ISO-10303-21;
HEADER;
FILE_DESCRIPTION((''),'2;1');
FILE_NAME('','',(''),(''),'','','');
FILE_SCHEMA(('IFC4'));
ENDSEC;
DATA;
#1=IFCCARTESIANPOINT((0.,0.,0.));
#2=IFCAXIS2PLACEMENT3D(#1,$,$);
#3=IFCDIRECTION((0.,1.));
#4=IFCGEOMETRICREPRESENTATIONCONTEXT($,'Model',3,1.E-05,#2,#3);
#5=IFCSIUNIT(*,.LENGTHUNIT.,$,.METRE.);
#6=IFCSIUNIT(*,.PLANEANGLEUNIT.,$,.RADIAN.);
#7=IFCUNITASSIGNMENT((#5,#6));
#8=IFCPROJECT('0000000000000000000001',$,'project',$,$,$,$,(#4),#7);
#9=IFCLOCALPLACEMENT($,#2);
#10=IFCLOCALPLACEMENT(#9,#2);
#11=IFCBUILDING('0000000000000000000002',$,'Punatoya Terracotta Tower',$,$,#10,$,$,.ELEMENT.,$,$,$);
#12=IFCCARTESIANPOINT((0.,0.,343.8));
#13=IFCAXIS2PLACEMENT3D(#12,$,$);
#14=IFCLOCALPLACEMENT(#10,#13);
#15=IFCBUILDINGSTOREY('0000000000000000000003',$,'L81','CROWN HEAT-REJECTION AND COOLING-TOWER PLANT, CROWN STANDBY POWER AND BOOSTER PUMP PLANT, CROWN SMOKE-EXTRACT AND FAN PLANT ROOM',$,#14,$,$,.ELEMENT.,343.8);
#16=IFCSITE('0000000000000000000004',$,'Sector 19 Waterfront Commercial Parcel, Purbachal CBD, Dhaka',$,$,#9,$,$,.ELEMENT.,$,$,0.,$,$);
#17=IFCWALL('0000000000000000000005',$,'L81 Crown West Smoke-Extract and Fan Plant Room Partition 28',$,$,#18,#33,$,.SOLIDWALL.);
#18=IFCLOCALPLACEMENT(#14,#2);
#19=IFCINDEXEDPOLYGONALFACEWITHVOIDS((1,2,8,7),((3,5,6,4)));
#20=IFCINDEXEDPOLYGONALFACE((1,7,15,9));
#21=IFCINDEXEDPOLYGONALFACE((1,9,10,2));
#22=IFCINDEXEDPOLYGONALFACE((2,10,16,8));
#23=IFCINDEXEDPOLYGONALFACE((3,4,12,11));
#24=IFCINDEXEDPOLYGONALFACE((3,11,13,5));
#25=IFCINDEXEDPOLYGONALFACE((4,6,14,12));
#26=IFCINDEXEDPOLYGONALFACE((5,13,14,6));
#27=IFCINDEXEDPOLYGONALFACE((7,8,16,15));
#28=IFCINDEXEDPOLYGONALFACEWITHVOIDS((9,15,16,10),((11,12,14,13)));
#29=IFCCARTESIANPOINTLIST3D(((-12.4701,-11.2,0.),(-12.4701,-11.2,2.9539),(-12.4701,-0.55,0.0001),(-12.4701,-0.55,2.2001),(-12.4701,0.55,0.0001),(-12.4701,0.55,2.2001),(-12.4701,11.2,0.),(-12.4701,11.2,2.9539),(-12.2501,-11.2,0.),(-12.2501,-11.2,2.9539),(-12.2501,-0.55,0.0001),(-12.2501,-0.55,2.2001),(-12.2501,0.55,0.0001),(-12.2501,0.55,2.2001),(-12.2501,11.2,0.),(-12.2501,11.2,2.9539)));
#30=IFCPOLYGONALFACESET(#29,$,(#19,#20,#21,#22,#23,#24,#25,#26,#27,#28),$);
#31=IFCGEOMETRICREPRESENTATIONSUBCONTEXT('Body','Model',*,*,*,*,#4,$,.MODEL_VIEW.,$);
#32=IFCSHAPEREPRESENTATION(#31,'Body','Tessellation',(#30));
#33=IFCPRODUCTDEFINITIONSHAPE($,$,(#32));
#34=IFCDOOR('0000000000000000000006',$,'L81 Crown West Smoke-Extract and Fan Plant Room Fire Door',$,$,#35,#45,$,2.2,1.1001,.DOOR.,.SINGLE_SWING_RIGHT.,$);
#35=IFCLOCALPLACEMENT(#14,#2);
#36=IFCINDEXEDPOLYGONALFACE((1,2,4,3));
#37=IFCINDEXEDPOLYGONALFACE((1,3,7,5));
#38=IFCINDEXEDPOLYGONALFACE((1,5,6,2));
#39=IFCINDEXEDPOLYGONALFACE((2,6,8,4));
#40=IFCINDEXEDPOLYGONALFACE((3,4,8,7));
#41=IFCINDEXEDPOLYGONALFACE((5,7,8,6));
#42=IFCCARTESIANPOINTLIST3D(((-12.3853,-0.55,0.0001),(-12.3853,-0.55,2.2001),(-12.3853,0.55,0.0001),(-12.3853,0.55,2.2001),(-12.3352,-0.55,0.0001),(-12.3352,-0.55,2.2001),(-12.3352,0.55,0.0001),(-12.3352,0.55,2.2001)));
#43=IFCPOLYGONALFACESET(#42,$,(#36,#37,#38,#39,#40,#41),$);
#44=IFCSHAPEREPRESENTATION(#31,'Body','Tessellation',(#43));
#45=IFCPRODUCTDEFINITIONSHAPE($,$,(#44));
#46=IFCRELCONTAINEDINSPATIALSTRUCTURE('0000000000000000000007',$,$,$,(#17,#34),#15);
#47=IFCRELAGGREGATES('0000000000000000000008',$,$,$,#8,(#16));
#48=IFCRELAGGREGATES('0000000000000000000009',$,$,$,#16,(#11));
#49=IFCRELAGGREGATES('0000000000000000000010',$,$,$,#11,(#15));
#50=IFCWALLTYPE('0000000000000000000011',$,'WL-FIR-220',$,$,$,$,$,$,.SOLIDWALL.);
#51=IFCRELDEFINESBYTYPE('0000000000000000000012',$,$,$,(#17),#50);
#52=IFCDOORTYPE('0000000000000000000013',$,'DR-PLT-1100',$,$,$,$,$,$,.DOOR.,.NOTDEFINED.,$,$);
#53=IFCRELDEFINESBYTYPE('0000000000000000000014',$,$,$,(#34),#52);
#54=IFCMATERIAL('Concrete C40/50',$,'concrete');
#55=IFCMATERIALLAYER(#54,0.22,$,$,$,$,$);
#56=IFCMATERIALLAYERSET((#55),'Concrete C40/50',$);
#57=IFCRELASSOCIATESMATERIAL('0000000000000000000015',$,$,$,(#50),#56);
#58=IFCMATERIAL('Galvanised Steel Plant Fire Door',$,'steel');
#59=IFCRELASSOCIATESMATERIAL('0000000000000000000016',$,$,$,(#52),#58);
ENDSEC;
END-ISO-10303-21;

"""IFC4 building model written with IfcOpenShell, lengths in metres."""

from ifc_helpers import new_model, si_unit, direction, frame, frame_2d, origin, place, context, subcontext, project, spatial, rectangle, extrude, material, layer, layer_set, type_object, element, fill, save


model = new_model("IFC4")

# Units and contexts
model_context = context("Model", 3, precision=1e-05, world=origin(), true_north=direction((0.0, 1.0)))
body_context = subcontext(model_context, "Body", "Model", "MODEL_VIEW")
ifc_project = project(units=[si_unit("LENGTHUNIT", "METRE"), si_unit("PLANEANGLEUNIT", "RADIAN")], contexts=[model_context])

# Site, building, storey
site_placement = place(None, origin())
site = spatial("IfcSite", under=ifc_project, at=site_placement, Name="Sector 19 Waterfront Commercial Parcel, Purbachal CBD, Dhaka", CompositionType="ELEMENT", RefElevation=0.0)
building_placement = place(site_placement, origin())
building = spatial("IfcBuilding", under=site, at=building_placement, Name="Punatoya Terracotta Tower", CompositionType="ELEMENT")
storey_placement = place(building_placement, frame((0.0, 0.0, 343.8)))
storey = spatial("IfcBuildingStorey", under=building, at=storey_placement, Name="L81", Description="CROWN HEAT-REJECTION AND COOLING-TOWER PLANT, CROWN STANDBY POWER AND BOOSTER PUMP PLANT, CROWN SMOKE-EXTRACT AND FAN PLANT ROOM", CompositionType="ELEMENT", Elevation=343.8)

# Wall, opening, door
ifc_material_1 = material(Name="Concrete C40/50", Category="concrete")
ifc_layer_1 = layer(ifc_material_1, 0.22)
ifc_layer_set_1 = layer_set([ifc_layer_1], Name="Concrete C40/50")
wall_type = type_object("IfcWallType", Name="WL-FIR-220", PredefinedType="SOLIDWALL", material=ifc_layer_set_1)
wall_placement = place(storey_placement, frame((-12.3601, 11.2, 0.0), z_axis=(0.0, 0.0, 1.0), x_axis=(0.0, -1.0, 0.0)))
wall = element("IfcWall", 1, at=wall_placement, inside=storey, type_object=wall_type, Name="L81 Crown West Smoke-Extract and Fan Plant Room Partition 28", PredefinedType="SOLIDWALL", context=body_context, shape_type="SweptSolid", body=[
    extrude(rectangle(XDim=22.3999, YDim=0.22, at=frame_2d((11.2, 0.0))), origin(), (0.0, 0.0, 1.0), 2.9539),
])
opening_placement = place(wall_placement, frame((10.6499, 0.0, 0.0)))
opening = element("IfcOpeningElement", 2, at=opening_placement, cuts=wall, PredefinedType="OPENING", context=body_context, shape_type="SweptSolid", body=[
    extrude(rectangle(XDim=1.1001, YDim=2.2, at=frame_2d((0.55, 1.1001))), frame((0.0, 0.1199, 0.0), z_axis=(0.0, -1.0, 0.0), x_axis=(1.0, 0.0, 0.0)), (0.0, 0.0, 1.0), 0.24),
])
ifc_material_2 = material(Name="Galvanised Steel Plant Fire Door", Category="steel")
door_type = type_object("IfcDoorType", Name="DR-PLT-1100", OperationType="NOTDEFINED", PredefinedType="DOOR", material=ifc_material_2)
door_placement = place(opening_placement, origin())
door = element("IfcDoor", 3, at=door_placement, inside=storey, type_object=door_type, Name="L81 Crown West Smoke-Extract and Fan Plant Room Fire Door", OperationType="SINGLE_SWING_RIGHT", OverallHeight=2.2, OverallWidth=1.1001, PredefinedType="DOOR", context=body_context, shape_type="SweptSolid", body=[
    extrude(rectangle(XDim=1.1001, YDim=2.2, at=frame_2d((0.55, 1.1001))), frame((0.0, 0.0249, 0.0), z_axis=(0.0, -1.0, 0.0), x_axis=(1.0, 0.0, 0.0)), (0.0, 0.0, 1.0), 0.05),
])
fill(opening, door)

save(model, "model.ifc")
